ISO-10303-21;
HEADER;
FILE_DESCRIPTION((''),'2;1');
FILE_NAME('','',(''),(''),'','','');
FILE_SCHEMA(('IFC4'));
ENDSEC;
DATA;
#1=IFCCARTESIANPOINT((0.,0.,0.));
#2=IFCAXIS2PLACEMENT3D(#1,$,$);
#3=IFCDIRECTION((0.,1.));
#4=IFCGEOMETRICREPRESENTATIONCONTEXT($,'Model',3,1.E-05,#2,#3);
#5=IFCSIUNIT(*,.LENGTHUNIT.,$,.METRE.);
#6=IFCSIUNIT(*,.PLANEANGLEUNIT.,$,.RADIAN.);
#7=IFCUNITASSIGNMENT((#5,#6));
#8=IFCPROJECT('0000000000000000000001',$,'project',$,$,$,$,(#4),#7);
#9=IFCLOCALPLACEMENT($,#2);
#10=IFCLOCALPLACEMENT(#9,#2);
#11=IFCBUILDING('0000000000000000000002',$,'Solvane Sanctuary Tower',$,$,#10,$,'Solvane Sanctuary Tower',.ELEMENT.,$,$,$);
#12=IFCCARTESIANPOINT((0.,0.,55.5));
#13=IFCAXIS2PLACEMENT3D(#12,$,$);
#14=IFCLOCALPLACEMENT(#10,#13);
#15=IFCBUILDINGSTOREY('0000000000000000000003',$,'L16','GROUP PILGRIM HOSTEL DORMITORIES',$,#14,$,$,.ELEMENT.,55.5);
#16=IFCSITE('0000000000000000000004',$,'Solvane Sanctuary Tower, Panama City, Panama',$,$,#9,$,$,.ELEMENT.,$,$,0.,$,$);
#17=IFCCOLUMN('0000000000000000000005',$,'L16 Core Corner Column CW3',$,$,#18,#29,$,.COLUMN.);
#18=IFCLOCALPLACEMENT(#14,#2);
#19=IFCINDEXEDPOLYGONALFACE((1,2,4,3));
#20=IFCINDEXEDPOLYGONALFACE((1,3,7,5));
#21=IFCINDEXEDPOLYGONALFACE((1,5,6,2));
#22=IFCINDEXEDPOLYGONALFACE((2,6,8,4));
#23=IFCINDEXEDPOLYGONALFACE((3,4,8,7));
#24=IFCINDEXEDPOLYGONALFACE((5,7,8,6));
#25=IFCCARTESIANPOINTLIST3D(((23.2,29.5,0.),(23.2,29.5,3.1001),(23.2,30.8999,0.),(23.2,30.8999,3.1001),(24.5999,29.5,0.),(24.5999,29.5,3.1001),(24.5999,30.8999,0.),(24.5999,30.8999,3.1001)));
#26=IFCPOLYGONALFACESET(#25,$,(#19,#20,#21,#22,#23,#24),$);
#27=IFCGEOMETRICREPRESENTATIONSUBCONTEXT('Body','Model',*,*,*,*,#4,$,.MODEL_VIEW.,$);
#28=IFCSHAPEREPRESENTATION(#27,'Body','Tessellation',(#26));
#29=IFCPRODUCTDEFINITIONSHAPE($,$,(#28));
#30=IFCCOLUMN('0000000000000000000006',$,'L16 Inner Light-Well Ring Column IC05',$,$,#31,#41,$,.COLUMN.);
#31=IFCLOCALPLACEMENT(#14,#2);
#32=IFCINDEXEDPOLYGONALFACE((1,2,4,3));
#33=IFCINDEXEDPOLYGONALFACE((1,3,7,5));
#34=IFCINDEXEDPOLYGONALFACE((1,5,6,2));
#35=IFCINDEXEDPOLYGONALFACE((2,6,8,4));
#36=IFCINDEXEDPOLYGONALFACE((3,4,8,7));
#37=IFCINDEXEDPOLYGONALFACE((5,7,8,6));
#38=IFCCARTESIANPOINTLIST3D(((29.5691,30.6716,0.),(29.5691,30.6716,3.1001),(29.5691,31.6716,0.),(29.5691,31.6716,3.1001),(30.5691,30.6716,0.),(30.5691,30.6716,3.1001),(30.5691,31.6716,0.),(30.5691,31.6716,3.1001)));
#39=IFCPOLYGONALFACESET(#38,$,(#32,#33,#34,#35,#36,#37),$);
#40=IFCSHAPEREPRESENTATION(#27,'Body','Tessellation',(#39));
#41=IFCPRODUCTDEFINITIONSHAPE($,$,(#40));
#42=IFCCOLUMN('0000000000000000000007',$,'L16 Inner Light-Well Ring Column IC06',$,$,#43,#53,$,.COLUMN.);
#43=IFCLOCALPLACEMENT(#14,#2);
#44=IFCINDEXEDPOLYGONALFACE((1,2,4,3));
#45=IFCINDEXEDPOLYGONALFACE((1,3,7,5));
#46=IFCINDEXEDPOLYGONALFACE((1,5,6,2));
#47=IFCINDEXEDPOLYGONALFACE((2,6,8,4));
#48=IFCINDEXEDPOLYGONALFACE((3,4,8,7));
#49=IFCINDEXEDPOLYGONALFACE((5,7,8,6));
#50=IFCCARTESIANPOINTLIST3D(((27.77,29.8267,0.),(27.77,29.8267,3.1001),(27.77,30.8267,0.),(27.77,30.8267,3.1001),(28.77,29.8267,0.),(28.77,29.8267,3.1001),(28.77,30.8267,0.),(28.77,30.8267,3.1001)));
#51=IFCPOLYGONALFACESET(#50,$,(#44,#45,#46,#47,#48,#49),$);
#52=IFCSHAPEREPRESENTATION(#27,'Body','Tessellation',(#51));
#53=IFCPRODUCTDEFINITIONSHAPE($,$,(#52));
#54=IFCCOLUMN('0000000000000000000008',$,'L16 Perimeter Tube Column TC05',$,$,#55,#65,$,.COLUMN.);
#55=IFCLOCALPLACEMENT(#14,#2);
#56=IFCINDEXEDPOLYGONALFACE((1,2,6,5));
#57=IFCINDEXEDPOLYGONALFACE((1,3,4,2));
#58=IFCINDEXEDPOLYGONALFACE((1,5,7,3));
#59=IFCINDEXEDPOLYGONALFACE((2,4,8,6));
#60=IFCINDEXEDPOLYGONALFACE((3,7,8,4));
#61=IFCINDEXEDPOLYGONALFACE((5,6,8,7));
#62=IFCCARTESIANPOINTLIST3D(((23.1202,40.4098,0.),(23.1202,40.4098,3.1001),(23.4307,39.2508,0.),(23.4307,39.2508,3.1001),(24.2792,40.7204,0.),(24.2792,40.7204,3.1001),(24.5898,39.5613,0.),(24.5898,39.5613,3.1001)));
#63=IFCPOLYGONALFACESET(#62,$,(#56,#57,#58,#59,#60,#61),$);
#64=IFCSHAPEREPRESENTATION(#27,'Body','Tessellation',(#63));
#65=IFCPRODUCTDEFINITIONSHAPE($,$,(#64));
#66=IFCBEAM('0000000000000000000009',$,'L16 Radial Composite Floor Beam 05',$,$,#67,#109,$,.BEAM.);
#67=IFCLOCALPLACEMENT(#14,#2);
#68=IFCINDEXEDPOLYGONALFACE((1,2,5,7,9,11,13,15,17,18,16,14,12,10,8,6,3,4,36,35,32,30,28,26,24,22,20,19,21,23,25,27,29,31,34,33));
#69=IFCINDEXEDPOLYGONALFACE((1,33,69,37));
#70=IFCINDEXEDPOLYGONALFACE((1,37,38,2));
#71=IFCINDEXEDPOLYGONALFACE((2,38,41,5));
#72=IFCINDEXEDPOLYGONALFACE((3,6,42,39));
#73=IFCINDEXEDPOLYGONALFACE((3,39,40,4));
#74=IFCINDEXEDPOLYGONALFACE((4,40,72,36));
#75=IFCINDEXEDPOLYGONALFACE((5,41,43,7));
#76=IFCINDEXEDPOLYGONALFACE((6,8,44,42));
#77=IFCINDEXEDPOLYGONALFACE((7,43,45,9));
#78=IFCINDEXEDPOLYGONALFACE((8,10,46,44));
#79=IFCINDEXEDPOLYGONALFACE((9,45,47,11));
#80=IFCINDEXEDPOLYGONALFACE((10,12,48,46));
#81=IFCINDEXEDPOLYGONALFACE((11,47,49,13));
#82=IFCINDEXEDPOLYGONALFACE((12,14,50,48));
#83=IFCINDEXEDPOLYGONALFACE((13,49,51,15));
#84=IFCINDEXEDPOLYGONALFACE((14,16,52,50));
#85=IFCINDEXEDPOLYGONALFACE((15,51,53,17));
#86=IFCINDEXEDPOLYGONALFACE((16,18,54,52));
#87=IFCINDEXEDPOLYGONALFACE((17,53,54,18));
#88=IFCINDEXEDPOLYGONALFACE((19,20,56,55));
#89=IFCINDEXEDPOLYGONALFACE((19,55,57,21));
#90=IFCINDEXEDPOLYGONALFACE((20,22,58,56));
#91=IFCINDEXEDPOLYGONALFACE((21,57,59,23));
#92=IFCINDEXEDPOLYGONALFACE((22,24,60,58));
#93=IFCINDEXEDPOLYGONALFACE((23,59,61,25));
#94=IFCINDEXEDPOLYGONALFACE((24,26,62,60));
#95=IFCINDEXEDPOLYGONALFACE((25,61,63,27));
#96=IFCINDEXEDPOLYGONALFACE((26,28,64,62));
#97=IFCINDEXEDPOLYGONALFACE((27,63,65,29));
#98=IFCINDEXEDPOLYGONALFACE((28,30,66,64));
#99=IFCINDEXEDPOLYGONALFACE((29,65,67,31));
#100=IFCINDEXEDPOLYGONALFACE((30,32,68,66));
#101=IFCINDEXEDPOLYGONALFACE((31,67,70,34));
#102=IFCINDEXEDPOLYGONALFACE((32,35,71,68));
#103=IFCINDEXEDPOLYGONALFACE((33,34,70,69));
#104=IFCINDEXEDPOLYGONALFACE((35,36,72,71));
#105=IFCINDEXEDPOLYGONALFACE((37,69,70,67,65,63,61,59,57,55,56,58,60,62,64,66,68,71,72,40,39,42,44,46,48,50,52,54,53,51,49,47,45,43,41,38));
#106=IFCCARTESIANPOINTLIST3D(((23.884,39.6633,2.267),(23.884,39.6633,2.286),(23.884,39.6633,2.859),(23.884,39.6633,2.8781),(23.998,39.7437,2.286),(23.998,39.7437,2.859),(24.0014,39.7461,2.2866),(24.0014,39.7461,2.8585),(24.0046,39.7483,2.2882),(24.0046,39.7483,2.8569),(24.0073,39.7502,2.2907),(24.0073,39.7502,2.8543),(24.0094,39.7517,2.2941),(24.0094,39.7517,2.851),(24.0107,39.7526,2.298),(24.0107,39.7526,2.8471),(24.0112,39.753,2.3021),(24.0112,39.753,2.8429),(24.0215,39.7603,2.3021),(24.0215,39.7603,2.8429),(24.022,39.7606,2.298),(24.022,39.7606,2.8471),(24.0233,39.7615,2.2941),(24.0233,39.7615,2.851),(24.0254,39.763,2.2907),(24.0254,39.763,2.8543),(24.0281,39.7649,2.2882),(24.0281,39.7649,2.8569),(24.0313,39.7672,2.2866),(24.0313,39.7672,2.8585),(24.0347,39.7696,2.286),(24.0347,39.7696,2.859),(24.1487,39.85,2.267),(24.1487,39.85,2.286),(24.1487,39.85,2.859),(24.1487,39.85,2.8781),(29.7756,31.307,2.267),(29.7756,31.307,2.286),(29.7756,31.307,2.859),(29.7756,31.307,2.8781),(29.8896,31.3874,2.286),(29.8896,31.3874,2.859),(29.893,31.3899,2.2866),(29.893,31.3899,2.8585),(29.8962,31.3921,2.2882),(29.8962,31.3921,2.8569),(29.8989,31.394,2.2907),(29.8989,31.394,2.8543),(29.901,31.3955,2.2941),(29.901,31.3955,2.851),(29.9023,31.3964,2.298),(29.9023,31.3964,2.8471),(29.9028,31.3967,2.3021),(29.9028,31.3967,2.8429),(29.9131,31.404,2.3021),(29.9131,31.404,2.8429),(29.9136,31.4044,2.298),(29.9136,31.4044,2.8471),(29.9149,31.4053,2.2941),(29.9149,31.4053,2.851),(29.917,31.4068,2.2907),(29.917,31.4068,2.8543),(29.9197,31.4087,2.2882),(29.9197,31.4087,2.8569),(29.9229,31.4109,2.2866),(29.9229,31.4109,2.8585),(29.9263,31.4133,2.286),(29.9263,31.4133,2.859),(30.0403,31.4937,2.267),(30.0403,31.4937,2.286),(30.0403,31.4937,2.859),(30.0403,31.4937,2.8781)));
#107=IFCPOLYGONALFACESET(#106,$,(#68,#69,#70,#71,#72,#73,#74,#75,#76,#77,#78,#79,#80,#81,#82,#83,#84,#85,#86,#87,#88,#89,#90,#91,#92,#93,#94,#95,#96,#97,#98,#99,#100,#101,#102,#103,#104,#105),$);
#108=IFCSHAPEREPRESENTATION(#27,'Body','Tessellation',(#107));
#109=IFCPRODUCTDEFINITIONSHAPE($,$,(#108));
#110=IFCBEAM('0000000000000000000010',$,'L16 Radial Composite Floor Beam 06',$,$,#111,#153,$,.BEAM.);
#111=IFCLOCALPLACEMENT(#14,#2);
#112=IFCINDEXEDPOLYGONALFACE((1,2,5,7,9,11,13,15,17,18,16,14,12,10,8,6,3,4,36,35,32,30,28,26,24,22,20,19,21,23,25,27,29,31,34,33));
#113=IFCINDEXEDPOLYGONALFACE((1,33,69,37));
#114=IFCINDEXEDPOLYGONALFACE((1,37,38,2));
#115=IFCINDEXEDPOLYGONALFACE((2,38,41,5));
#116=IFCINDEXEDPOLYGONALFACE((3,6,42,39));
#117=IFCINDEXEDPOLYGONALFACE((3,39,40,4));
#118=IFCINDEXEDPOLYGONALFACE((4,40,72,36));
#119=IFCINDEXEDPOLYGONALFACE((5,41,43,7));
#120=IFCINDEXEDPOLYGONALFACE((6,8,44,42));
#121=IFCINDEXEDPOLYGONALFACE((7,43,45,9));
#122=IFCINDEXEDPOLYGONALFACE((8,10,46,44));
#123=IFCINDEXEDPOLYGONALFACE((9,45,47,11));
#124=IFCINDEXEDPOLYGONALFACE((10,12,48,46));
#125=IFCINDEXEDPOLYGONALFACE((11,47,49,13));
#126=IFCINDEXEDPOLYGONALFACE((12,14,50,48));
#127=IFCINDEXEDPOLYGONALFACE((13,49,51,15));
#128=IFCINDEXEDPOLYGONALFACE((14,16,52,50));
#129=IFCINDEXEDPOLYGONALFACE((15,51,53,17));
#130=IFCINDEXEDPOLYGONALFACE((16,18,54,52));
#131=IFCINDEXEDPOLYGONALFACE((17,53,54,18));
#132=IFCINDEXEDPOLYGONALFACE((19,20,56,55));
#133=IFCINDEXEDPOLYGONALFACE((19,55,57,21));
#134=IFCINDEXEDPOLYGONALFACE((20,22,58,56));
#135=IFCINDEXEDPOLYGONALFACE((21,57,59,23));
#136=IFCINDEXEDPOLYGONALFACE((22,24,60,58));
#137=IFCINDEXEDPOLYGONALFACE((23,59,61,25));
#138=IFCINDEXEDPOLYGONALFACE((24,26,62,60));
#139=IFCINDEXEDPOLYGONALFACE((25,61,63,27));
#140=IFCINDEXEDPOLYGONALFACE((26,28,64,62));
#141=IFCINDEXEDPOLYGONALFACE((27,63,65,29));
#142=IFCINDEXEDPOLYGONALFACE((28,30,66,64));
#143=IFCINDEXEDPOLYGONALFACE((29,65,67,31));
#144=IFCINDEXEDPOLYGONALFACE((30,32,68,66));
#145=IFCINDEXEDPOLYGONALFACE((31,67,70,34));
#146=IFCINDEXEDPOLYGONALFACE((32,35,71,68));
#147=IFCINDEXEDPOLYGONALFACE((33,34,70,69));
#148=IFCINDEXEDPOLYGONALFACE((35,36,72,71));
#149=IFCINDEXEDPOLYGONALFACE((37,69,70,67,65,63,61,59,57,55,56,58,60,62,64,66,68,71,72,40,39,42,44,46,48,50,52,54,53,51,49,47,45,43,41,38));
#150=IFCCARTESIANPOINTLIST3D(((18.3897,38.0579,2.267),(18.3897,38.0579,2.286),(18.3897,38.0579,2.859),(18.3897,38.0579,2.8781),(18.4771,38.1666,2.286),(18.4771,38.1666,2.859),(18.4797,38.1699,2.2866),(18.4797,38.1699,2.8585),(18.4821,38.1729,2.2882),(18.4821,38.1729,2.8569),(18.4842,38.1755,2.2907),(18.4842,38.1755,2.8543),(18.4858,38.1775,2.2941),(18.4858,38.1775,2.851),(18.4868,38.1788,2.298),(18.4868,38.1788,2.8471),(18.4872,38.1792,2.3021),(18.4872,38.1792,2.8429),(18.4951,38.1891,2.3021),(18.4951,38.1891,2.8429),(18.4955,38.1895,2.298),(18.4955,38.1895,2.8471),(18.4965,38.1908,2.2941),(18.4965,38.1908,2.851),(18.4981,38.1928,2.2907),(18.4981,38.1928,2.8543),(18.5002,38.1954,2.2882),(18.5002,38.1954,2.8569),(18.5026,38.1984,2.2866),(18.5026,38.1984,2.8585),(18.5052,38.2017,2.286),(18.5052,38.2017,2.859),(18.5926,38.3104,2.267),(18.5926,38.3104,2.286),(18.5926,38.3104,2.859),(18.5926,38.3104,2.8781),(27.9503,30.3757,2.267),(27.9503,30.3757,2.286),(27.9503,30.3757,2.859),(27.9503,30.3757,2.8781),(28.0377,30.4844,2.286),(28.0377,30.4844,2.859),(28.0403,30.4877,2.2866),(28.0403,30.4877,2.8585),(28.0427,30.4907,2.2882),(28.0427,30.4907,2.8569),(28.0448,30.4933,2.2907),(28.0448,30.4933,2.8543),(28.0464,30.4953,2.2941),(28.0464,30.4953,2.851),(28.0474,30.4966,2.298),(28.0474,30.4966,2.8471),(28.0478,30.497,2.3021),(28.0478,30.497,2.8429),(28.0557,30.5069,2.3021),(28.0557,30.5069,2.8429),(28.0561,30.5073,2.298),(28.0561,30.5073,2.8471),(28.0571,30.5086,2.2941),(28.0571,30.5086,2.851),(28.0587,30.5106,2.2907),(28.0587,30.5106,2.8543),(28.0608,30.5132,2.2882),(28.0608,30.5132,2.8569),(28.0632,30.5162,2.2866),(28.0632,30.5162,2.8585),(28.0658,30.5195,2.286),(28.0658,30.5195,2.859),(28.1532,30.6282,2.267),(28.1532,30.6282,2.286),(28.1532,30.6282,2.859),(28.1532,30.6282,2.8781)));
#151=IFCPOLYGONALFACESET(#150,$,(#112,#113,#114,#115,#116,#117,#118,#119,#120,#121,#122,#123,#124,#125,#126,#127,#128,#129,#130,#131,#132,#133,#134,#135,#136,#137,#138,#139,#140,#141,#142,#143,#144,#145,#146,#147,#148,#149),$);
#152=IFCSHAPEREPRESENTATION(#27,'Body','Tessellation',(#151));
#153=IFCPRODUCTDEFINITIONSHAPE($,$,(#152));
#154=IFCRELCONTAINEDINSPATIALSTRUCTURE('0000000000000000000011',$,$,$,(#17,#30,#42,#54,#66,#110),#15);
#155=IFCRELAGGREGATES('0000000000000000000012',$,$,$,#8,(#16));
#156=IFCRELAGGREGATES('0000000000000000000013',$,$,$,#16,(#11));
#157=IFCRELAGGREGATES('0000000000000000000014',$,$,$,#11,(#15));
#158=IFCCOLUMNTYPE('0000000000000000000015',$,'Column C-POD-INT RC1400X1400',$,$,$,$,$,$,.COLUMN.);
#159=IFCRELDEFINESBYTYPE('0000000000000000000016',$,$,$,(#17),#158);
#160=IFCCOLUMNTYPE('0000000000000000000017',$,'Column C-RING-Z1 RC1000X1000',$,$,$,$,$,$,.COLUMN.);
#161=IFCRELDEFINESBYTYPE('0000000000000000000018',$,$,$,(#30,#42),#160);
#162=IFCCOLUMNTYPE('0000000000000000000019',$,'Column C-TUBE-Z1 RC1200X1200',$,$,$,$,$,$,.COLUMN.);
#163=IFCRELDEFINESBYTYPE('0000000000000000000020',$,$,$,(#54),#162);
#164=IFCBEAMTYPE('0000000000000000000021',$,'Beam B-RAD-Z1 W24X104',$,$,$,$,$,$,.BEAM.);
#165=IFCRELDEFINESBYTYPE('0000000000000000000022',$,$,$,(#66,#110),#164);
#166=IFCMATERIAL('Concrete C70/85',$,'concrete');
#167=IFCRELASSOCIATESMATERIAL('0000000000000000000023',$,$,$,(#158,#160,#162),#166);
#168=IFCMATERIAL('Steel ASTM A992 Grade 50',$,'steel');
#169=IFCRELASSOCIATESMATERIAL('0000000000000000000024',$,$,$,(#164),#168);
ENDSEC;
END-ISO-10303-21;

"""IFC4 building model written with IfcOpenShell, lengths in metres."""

from ifc_helpers import new_model, si_unit, direction, frame, origin, origin_2d, place, context, subcontext, project, spatial, rectangle, i_section, extrude, material, material_profile, profile_set, type_object, element, save


model = new_model("IFC4")

# Units and contexts
model_context = context("Model", 3, precision=1e-05, world=origin(), true_north=direction((0.0, 1.0)))
body_context = subcontext(model_context, "Body", "Model", "MODEL_VIEW")
ifc_project = project(units=[si_unit("LENGTHUNIT", "METRE"), si_unit("PLANEANGLEUNIT", "RADIAN")], contexts=[model_context])

# Site, building, storey
site_placement = place(None, origin())
site = spatial("IfcSite", under=ifc_project, at=site_placement, Name="Solvane Sanctuary Tower, Panama City, Panama", CompositionType="ELEMENT", RefElevation=0.0)
building_placement = place(site_placement, origin())
building = spatial("IfcBuilding", under=site, at=building_placement, Name="Solvane Sanctuary Tower", LongName="Solvane Sanctuary Tower", CompositionType="ELEMENT")
storey_placement = place(building_placement, frame((0.0, 0.0, 55.5)))
storey = spatial("IfcBuildingStorey", under=building, at=storey_placement, Name="L16", Description="GROUP PILGRIM HOSTEL DORMITORIES", CompositionType="ELEMENT", Elevation=55.5)

# Columns
ifc_material_1 = material(Name="Concrete C70/85", Category="concrete")
ifc_material_profile_1 = material_profile(ifc_material_1, rectangle(XDim=1.3999, YDim=1.3999, at=origin_2d()), Name="RC1400X1400")
ifc_profile_set_1 = profile_set([ifc_material_profile_1], Name="Concrete C70/85")
column_type_1 = type_object("IfcColumnType", Name="Column C-POD-INT RC1400X1400", PredefinedType="COLUMN", material=ifc_profile_set_1)
column_1_placement = place(storey_placement, frame((23.8999, 30.2, 0.0), z_axis=(0.0, 0.0, 1.0), x_axis=(1.0, 0.0, 0.0)))
element("IfcColumn", 1, at=column_1_placement, inside=storey, type_object=column_type_1, Name="L16 Core Corner Column CW3", PredefinedType="COLUMN", context=body_context, shape_type="SweptSolid", body=[
    extrude(rectangle(XDim=1.3999, YDim=1.3999, at=origin_2d()), origin(), (0.0, 0.0, 1.0), 3.1001),
])
ifc_material_profile_2 = material_profile(ifc_material_1, rectangle(XDim=1.0, YDim=1.0, at=origin_2d()), Name="RC1000X1000")
ifc_profile_set_2 = profile_set([ifc_material_profile_2], Name="Concrete C70/85")
column_type_2 = type_object("IfcColumnType", Name="Column C-RING-Z1 RC1000X1000", PredefinedType="COLUMN", material=ifc_profile_set_2)
for number, where, z_axis, x_axis, name in (
    (2, (30.0691, 31.1716, 0.0), (0.0, 0.0, 1.0), (1.0, 0.0, 0.0), "L16 Inner Light-Well Ring Column IC05"),
    (3, (28.27, 30.3267, 0.0), (0.0, 0.0, 1.0), (1.0, 0.0, 0.0), "L16 Inner Light-Well Ring Column IC06"),
):
    element("IfcColumn", number, at=place(storey_placement, frame(where, z_axis=z_axis, x_axis=x_axis)), inside=storey, type_object=column_type_2, Name=name, PredefinedType="COLUMN", context=body_context, shape_type="SweptSolid", body=[
        extrude(rectangle(XDim=1.0, YDim=1.0, at=origin_2d()), origin(), (0.0, 0.0, 1.0), 3.1001),
    ])
ifc_material_profile_3 = material_profile(ifc_material_1, rectangle(XDim=1.2, YDim=1.2, at=origin_2d()), Name="RC1200X1200")
ifc_profile_set_3 = profile_set([ifc_material_profile_3], Name="Concrete C70/85")
column_type_3 = type_object("IfcColumnType", Name="Column C-TUBE-Z1 RC1200X1200", PredefinedType="COLUMN", material=ifc_profile_set_3)
column_2_placement = place(storey_placement, frame((23.855, 39.9856, 0.0), z_axis=(0.0, 0.0, 1.0), x_axis=(-0.258819, 0.965926, 0.0)))
element("IfcColumn", 4, at=column_2_placement, inside=storey, type_object=column_type_3, Name="L16 Perimeter Tube Column TC05", PredefinedType="COLUMN", context=body_context, shape_type="SweptSolid", body=[
    extrude(rectangle(XDim=1.2, YDim=1.2, at=origin_2d()), origin(), (0.0, 0.0, 1.0), 3.1001),
])

# Beams
ifc_material_2 = material(Name="Steel ASTM A992 Grade 50", Category="steel")
ifc_material_profile_4 = material_profile(ifc_material_2, i_section(OverallWidth=0.324, OverallDepth=0.6111, WebThickness=0.0127, FlangeThickness=0.019, FilletRadius=0.0161, at=origin_2d()), Name="W24X104")
ifc_profile_set_4 = profile_set([ifc_material_profile_4], Name="Steel ASTM A992 Grade 50")
beam_type_1 = type_object("IfcBeamType", Name="Beam B-RAD-Z1 W24X104", PredefinedType="BEAM", material=ifc_profile_set_4)
beam_1_placement = place(storey_placement, frame((29.908, 31.4004, 2.5725), z_axis=(-0.576233, 0.817285, 0.0), x_axis=(-0.817285, -0.576233, 0.0)))
element("IfcBeam", 5, at=beam_1_placement, inside=storey, type_object=beam_type_1, Name="L16 Radial Composite Floor Beam 05", PredefinedType="BEAM", context=body_context, shape_type="SweptSolid", body=[
    extrude(i_section(OverallWidth=0.324, OverallDepth=0.6111, WebThickness=0.0127, FlangeThickness=0.019, FilletRadius=0.0161, at=origin_2d()), origin(), (0.0, 0.0, 1.0), 10.2244),
])
beam_2_placement = place(storey_placement, frame((28.0518, 30.502, 2.5725), z_axis=(-0.779527, 0.626369, 0.0), x_axis=(-0.626369, -0.779527, 0.0)))
element("IfcBeam", 6, at=beam_2_placement, inside=storey, type_object=beam_type_1, Name="L16 Radial Composite Floor Beam 06", PredefinedType="BEAM", context=body_context, shape_type="SweptSolid", body=[
    extrude(i_section(OverallWidth=0.324, OverallDepth=0.6111, WebThickness=0.0127, FlangeThickness=0.019, FilletRadius=0.0161, at=origin_2d()), origin(), (0.0, 0.0, 1.0), 12.2646),
])

save(model, "model.ifc")
